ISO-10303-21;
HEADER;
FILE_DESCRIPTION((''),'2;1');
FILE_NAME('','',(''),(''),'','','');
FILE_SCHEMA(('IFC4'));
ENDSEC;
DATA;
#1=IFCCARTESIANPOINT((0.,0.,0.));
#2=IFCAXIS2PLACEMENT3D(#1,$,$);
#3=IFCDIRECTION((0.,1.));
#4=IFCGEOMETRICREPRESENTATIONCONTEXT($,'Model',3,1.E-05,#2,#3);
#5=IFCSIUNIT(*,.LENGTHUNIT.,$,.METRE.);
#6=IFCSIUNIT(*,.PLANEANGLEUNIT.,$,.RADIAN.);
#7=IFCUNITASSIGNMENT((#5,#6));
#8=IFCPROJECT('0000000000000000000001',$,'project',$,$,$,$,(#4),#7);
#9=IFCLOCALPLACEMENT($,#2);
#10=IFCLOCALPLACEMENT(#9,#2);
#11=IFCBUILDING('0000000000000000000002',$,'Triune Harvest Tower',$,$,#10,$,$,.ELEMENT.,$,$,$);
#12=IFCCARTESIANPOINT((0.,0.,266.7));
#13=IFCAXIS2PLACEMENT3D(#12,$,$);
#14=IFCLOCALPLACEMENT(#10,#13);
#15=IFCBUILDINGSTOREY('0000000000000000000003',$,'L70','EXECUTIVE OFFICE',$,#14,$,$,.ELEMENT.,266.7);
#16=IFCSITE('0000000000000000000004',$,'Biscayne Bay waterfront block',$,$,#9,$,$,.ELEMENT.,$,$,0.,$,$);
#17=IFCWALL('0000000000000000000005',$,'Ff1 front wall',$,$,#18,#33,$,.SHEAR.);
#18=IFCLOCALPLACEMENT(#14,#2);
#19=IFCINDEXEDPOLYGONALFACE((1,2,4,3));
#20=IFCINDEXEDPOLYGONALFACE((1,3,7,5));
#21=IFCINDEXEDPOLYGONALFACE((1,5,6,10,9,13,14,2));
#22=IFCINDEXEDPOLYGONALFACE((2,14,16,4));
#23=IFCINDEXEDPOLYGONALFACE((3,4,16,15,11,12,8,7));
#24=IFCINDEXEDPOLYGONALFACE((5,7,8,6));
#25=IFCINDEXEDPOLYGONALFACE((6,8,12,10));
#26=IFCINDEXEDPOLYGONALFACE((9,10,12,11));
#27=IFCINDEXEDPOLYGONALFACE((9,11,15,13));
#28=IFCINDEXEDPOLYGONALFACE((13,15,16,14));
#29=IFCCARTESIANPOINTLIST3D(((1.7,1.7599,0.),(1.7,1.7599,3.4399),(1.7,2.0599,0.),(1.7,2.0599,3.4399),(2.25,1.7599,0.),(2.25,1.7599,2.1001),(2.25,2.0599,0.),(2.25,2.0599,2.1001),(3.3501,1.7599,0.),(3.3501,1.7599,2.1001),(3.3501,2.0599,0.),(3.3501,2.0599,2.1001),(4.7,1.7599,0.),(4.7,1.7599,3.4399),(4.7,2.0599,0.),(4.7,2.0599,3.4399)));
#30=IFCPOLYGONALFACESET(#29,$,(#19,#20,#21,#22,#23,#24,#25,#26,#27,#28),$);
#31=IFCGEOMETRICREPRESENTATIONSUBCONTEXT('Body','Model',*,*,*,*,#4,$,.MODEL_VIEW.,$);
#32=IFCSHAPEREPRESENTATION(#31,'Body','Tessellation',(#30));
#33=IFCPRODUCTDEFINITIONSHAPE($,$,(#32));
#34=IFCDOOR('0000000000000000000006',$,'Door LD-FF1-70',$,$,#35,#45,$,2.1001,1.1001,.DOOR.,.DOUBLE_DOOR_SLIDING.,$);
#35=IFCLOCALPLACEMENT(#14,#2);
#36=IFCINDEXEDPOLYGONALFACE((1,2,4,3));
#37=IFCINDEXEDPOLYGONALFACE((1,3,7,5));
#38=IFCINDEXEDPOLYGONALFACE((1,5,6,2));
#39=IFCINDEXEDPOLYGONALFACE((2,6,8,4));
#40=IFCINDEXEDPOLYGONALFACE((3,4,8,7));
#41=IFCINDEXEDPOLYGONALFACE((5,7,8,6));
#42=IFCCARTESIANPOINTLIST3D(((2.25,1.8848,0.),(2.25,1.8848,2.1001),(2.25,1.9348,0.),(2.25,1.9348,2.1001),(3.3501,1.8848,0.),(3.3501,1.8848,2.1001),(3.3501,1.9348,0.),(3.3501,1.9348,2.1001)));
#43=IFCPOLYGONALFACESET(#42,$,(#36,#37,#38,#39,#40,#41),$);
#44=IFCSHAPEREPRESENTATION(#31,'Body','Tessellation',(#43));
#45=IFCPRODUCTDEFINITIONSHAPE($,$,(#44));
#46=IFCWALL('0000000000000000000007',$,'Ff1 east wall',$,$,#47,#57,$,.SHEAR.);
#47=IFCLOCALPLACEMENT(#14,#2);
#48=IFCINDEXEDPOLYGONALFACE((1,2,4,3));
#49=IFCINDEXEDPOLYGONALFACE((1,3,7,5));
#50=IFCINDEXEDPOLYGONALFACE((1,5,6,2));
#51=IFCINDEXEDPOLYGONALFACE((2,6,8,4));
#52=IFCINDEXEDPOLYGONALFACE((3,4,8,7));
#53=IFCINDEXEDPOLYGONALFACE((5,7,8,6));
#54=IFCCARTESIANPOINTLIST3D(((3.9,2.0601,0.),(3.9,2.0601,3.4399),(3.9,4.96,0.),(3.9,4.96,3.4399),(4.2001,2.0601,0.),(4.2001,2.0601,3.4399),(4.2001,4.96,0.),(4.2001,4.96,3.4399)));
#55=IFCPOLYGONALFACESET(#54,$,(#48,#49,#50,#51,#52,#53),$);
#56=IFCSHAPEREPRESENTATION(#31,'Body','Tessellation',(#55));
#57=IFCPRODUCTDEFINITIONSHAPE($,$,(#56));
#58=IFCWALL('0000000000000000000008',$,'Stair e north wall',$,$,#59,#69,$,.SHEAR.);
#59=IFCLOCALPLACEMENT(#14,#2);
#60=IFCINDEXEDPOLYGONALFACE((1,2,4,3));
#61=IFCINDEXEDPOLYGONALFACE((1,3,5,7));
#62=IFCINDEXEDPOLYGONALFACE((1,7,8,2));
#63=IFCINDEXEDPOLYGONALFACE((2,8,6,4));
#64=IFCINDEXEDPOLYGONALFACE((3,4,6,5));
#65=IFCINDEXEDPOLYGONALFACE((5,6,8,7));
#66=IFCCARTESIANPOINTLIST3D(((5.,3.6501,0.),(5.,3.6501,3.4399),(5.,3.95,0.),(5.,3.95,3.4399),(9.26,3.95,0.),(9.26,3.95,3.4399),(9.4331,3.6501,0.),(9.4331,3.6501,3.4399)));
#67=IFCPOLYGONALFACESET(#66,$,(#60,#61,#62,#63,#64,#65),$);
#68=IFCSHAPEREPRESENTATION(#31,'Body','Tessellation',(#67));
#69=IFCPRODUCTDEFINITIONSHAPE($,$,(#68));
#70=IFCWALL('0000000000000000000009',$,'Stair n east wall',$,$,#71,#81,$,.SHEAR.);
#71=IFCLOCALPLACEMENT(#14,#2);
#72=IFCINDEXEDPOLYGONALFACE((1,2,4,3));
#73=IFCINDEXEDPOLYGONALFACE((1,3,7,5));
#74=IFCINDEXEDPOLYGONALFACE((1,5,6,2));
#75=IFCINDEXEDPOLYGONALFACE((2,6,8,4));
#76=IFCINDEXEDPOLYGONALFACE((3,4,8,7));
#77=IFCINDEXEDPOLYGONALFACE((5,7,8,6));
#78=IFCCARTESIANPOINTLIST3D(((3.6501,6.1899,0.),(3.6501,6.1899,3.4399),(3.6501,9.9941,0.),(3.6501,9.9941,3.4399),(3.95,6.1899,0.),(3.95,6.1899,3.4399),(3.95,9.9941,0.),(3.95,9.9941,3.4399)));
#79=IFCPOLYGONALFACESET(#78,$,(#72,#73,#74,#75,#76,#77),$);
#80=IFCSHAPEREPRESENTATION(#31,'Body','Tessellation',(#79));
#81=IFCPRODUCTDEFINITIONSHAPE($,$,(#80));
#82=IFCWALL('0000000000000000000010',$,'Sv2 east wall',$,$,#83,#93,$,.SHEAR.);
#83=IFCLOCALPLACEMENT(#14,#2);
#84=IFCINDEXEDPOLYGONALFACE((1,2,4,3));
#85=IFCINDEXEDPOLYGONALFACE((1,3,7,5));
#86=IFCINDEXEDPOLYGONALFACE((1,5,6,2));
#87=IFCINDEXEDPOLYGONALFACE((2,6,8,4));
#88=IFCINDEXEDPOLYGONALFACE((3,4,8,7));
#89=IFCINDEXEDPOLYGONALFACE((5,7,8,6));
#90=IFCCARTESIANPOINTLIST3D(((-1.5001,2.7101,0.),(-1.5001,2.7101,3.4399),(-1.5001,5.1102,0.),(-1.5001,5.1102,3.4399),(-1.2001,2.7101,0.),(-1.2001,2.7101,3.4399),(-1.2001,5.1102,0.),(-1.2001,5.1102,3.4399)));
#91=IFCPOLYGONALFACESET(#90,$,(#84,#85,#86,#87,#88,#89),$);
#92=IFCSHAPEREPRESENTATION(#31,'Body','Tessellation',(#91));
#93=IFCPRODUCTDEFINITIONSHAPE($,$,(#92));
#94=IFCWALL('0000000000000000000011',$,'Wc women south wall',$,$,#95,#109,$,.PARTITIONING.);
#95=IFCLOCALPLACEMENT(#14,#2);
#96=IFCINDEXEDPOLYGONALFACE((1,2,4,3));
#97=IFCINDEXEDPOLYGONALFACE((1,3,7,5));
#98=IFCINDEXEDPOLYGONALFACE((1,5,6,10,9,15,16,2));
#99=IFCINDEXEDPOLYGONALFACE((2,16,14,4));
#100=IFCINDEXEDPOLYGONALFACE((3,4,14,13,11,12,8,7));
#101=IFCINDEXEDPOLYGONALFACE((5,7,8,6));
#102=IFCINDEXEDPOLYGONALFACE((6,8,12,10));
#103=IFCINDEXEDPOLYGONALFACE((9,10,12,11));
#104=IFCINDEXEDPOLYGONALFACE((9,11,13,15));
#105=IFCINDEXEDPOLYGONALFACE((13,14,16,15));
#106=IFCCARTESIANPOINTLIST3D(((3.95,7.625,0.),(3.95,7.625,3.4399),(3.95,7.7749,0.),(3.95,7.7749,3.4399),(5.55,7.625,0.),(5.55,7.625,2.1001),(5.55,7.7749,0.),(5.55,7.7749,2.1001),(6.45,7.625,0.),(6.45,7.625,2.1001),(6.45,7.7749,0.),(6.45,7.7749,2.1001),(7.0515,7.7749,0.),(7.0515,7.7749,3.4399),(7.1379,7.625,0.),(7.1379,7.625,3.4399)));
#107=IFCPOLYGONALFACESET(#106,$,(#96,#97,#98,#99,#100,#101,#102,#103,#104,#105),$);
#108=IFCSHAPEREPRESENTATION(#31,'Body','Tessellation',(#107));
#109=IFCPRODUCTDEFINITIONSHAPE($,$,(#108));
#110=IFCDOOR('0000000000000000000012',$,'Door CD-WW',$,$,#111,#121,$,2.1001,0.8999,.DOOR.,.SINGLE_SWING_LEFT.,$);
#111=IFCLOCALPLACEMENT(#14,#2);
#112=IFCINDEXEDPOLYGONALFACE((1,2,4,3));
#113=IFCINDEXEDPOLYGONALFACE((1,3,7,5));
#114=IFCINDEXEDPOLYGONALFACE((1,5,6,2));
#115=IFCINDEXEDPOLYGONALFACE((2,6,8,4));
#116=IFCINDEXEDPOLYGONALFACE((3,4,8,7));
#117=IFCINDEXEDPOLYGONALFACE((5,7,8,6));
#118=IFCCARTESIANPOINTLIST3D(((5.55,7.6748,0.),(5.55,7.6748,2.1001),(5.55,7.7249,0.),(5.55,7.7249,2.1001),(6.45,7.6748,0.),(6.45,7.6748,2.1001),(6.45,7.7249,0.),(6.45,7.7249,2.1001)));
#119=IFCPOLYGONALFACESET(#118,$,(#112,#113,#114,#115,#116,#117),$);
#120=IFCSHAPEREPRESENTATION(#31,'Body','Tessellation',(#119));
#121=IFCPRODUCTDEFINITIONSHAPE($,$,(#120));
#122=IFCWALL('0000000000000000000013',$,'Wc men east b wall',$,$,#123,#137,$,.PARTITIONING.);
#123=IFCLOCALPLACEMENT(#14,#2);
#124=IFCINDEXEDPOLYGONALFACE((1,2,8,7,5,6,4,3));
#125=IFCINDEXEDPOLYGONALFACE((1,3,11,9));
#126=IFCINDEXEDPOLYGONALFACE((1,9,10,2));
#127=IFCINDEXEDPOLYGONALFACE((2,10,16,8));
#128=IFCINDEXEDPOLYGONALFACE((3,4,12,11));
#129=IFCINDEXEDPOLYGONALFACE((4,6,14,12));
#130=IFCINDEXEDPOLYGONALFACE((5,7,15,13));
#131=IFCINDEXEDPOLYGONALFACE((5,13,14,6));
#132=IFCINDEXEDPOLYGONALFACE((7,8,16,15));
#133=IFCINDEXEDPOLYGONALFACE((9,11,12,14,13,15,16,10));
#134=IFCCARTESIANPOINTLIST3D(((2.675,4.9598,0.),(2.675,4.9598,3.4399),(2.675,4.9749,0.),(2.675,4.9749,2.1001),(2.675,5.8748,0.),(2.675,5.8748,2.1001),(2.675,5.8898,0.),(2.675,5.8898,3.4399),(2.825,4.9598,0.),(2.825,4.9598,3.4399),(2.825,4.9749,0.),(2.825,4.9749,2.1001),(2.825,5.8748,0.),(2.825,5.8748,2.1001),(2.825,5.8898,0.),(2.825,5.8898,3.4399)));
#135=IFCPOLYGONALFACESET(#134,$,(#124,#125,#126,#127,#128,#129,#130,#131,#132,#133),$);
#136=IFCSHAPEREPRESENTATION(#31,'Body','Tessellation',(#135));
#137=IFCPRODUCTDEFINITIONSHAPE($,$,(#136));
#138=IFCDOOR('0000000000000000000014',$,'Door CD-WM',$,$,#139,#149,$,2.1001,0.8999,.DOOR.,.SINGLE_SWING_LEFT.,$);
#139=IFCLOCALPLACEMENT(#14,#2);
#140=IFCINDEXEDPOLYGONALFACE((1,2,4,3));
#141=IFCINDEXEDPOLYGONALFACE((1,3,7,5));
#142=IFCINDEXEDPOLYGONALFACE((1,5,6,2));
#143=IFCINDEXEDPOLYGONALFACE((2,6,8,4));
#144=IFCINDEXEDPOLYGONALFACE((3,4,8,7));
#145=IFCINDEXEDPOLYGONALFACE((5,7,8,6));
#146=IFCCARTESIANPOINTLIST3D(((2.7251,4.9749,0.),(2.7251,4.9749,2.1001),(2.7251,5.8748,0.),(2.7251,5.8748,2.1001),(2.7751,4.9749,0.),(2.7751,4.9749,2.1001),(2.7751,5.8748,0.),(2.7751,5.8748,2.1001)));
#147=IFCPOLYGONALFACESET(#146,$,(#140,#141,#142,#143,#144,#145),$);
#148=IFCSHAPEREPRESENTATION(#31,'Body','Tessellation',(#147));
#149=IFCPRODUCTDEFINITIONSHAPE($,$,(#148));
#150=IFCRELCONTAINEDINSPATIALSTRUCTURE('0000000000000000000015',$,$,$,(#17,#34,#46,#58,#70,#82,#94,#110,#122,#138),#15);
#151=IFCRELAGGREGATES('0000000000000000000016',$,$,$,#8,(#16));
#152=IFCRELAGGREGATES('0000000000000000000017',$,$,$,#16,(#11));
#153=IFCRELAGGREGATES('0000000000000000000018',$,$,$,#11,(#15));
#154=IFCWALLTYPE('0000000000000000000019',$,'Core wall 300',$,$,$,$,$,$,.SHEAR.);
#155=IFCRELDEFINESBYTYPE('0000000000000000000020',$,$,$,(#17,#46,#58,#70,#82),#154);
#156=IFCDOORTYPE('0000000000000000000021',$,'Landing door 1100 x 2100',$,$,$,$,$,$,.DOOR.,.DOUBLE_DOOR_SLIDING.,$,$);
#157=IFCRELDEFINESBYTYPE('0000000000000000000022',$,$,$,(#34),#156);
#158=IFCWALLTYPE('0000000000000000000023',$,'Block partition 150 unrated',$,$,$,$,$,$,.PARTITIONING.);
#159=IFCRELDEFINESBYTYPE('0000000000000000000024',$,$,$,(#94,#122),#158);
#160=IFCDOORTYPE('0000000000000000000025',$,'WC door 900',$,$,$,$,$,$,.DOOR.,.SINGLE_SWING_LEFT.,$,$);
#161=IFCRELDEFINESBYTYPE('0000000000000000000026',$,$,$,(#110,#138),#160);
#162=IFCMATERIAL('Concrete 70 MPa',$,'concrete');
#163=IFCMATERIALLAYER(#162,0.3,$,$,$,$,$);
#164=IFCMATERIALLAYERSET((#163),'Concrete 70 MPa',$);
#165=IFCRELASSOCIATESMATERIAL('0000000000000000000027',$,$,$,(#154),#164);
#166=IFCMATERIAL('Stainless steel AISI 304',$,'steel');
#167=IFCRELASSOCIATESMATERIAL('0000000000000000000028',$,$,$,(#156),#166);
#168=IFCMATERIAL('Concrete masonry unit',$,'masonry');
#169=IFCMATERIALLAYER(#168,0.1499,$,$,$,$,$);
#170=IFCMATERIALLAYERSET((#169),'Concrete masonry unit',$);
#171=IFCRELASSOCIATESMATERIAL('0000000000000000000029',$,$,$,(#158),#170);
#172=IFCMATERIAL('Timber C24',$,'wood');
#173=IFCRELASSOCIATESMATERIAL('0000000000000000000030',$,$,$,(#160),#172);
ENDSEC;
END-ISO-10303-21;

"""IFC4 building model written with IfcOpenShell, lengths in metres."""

from ifc_helpers import new_model, si_unit, direction, frame, frame_2d, origin, place, context, subcontext, project, spatial, polyline, rectangle, outline, extrude, source, transform, mapped, material, layer, layer_set, type_object, element, fill, save


model = new_model("IFC4")

# Units and contexts
model_context = context("Model", 3, precision=1e-05, world=origin(), true_north=direction((0.0, 1.0)))
body_context = subcontext(model_context, "Body", "Model", "MODEL_VIEW")
ifc_project = project(units=[si_unit("LENGTHUNIT", "METRE"), si_unit("PLANEANGLEUNIT", "RADIAN")], contexts=[model_context])

# Site, building, storey
site_placement = place(None, origin())
site = spatial("IfcSite", under=ifc_project, at=site_placement, Name="Biscayne Bay waterfront block", CompositionType="ELEMENT", RefElevation=0.0)
building_placement = place(site_placement, origin())
building = spatial("IfcBuilding", under=site, at=building_placement, Name="Triune Harvest Tower", CompositionType="ELEMENT")
storey_placement = place(building_placement, frame((0.0, 0.0, 266.7)))
storey = spatial("IfcBuildingStorey", under=building, at=storey_placement, Name="L70", Description="EXECUTIVE OFFICE", CompositionType="ELEMENT", Elevation=266.7)

# Shared definitions
ifc_material_1 = material(Name="Concrete 70 MPa", Category="concrete")
ifc_layer_1 = layer(ifc_material_1, 0.3)
ifc_layer_set_1 = layer_set([ifc_layer_1], Name="Concrete 70 MPa")
wall_type_1 = type_object("IfcWallType", Name="Core wall 300", PredefinedType="SHEAR", material=ifc_layer_set_1)

# Wall, opening, door
shared_shape_1 = source(origin(), body_context, "Body", "SweptSolid", [
    extrude(rectangle(XDim=3.0, YDim=0.3, at=frame_2d((1.5, 0.0))), origin(), (0.0, 0.0, 1.0), 3.4399),
])
wall_1_placement = place(storey_placement, frame((1.7, 1.9099, 0.0), z_axis=(0.0, 0.0, 1.0), x_axis=(1.0, 0.0, 0.0)))
wall_1 = element("IfcWall", 1, at=wall_1_placement, inside=storey, type_object=wall_type_1, Name="Ff1 front wall", PredefinedType="SHEAR", context=body_context, shape_type="MappedRepresentation", body=[
    mapped(shared_shape_1, transform((0.0, 0.0, 0.0), scale=1.0)),
])
opening_1_placement = place(wall_1_placement, frame((0.55, 0.0, 0.0)))
opening_1 = element("IfcOpeningElement", 2, at=opening_1_placement, cuts=wall_1, PredefinedType="OPENING", context=body_context, shape_type="SweptSolid", body=[
    extrude(rectangle(XDim=1.1001, YDim=2.1001, at=frame_2d((0.55, 1.05))), frame((0.0, 0.1602, 0.0), z_axis=(0.0, -1.0, 0.0), x_axis=(1.0, 0.0, 0.0)), (0.0, 0.0, 1.0), 0.3201),
])
ifc_material_2 = material(Name="Stainless steel AISI 304", Category="steel")
door_type_1 = type_object("IfcDoorType", Name="Landing door 1100 x 2100", OperationType="DOUBLE_DOOR_SLIDING", PredefinedType="DOOR", material=ifc_material_2)
door_1_placement = place(opening_1_placement, origin())
door_1 = element("IfcDoor", 3, at=door_1_placement, inside=storey, type_object=door_type_1, Name="Door LD-FF1-70", OperationType="DOUBLE_DOOR_SLIDING", OverallHeight=2.1001, OverallWidth=1.1001, PredefinedType="DOOR", context=body_context, shape_type="SweptSolid", body=[
    extrude(rectangle(XDim=1.1001, YDim=2.1001, at=frame_2d((0.55, 1.05))), frame((0.0, 0.0249, 0.0), z_axis=(0.0, -1.0, 0.0), x_axis=(1.0, 0.0, 0.0)), (0.0, 0.0, 1.0), 0.05),
])
fill(opening_1, door_1)

# Walls
shared_shape_2 = source(origin(), body_context, "Body", "SweptSolid", [
    extrude(rectangle(XDim=2.8999, YDim=0.3, at=frame_2d((1.45, 0.0))), origin(), (0.0, 0.0, 1.0), 3.4399),
])
wall_2_placement = place(storey_placement, frame((4.05, 2.0601, 0.0), z_axis=(0.0, 0.0, 1.0), x_axis=(0.0, 1.0, 0.0)))
element("IfcWall", 4, at=wall_2_placement, inside=storey, type_object=wall_type_1, Name="Ff1 east wall", PredefinedType="SHEAR", context=body_context, shape_type="MappedRepresentation", body=[
    mapped(shared_shape_2, transform((0.0, 0.0, 0.0), scale=1.0)),
])
shared_shape_3 = source(origin(), body_context, "Body", "SweptSolid", [
    extrude(outline(polyline([(0.0, -0.1499), (0.0, 0.1499), (4.26, 0.1499), (4.4331, -0.1499), (0.0, -0.1499)])), origin(), (0.0, 0.0, 1.0), 3.4399),
])
wall_3_placement = place(storey_placement, frame((5.0, 3.8, 0.0), z_axis=(0.0, 0.0, 1.0), x_axis=(1.0, 0.0, 0.0)))
element("IfcWall", 5, at=wall_3_placement, inside=storey, type_object=wall_type_1, Name="Stair e north wall", PredefinedType="SHEAR", context=body_context, shape_type="MappedRepresentation", body=[
    mapped(shared_shape_3, transform((0.0, 0.0, 0.0), scale=1.0)),
])
shared_shape_4 = source(origin(), body_context, "Body", "SweptSolid", [
    extrude(outline(polyline([(0.0, -0.1499), (0.0, 0.1499), (3.8042, 0.1499), (3.8042, -0.1499), (0.0, -0.1499)])), origin(), (0.0, 0.0, 1.0), 3.4399),
])
wall_4_placement = place(storey_placement, frame((3.8, 6.1899, 0.0), z_axis=(0.0, 0.0, 1.0), x_axis=(0.0, 1.0, 0.0)))
element("IfcWall", 6, at=wall_4_placement, inside=storey, type_object=wall_type_1, Name="Stair n east wall", PredefinedType="SHEAR", context=body_context, shape_type="MappedRepresentation", body=[
    mapped(shared_shape_4, transform((0.0, 0.0, 0.0), scale=1.0)),
])
shared_shape_5 = source(origin(), body_context, "Body", "SweptSolid", [
    extrude(rectangle(XDim=2.4001, YDim=0.3, at=frame_2d((1.2002, 0.0))), origin(), (0.0, 0.0, 1.0), 3.4399),
])
wall_5_placement = place(storey_placement, frame((-1.3501, 2.71, 0.0), z_axis=(0.0, 0.0, 1.0), x_axis=(0.0, 1.0, 0.0)))
element("IfcWall", 7, at=wall_5_placement, inside=storey, type_object=wall_type_1, Name="Sv2 east wall", PredefinedType="SHEAR", context=body_context, shape_type="MappedRepresentation", body=[
    mapped(shared_shape_5, transform((0.0, 0.0, 0.0), scale=1.0)),
])

# Walls, openings, doors
ifc_material_3 = material(Name="Concrete masonry unit", Category="masonry")
ifc_layer_2 = layer(ifc_material_3, 0.1499)
ifc_layer_set_2 = layer_set([ifc_layer_2], Name="Concrete masonry unit")
wall_type_2 = type_object("IfcWallType", Name="Block partition 150 unrated", PredefinedType="PARTITIONING", material=ifc_layer_set_2)
shared_shape_6 = source(origin(), body_context, "Body", "SweptSolid", [
    extrude(outline(polyline([(0.0, -0.075), (0.0, 0.075), (3.1016, 0.075), (3.188, -0.075), (0.0, -0.075)])), origin(), (0.0, 0.0, 1.0), 3.4399),
])
wall_6_placement = place(storey_placement, frame((3.95, 7.7, 0.0), z_axis=(0.0, 0.0, 1.0), x_axis=(1.0, 0.0, 0.0)))
wall_6 = element("IfcWall", 8, at=wall_6_placement, inside=storey, type_object=wall_type_2, Name="Wc women south wall", PredefinedType="PARTITIONING", context=body_context, shape_type="MappedRepresentation", body=[
    mapped(shared_shape_6, transform((0.0, 0.0, 0.0), scale=1.0)),
])
opening_2_placement = place(wall_6_placement, frame((1.6001, 0.0, 0.0)))
opening_2 = element("IfcOpeningElement", 9, at=opening_2_placement, cuts=wall_6, PredefinedType="OPENING", context=body_context, shape_type="SweptSolid", body=[
    extrude(rectangle(XDim=0.8999, YDim=2.1001, at=frame_2d((0.45, 1.05))), frame((0.0, 0.085, 0.0), z_axis=(0.0, -1.0, 0.0), x_axis=(1.0, 0.0, 0.0)), (0.0, 0.0, 1.0), 0.1699),
])
ifc_material_4 = material(Name="Timber C24", Category="wood")
door_type_2 = type_object("IfcDoorType", Name="WC door 900", OperationType="SINGLE_SWING_LEFT", PredefinedType="DOOR", material=ifc_material_4)
door_2_placement = place(opening_2_placement, origin())
door_2 = element("IfcDoor", 10, at=door_2_placement, inside=storey, type_object=door_type_2, Name="Door CD-WW", OperationType="SINGLE_SWING_LEFT", OverallHeight=2.1001, OverallWidth=0.8999, PredefinedType="DOOR", context=body_context, shape_type="SweptSolid", body=[
    extrude(rectangle(XDim=0.8999, YDim=2.1001, at=frame_2d((0.45, 1.05))), frame((0.0, 0.0249, 0.0), z_axis=(0.0, -1.0, 0.0), x_axis=(1.0, 0.0, 0.0)), (0.0, 0.0, 1.0), 0.05),
])
fill(opening_2, door_2)
shared_shape_7 = source(origin(), body_context, "Body", "SweptSolid", [
    extrude(rectangle(XDim=0.9299, YDim=0.1499, at=frame_2d((0.4648, 0.0))), origin(), (0.0, 0.0, 1.0), 3.4399),
])
wall_7_placement = place(storey_placement, frame((2.75, 4.96, 0.0), z_axis=(0.0, 0.0, 1.0), x_axis=(0.0, 1.0, 0.0)))
wall_7 = element("IfcWall", 11, at=wall_7_placement, inside=storey, type_object=wall_type_2, Name="Wc men east b wall", PredefinedType="PARTITIONING", context=body_context, shape_type="MappedRepresentation", body=[
    mapped(shared_shape_7, transform((0.0, 0.0, 0.0), scale=1.0)),
])
opening_3_placement = place(wall_7_placement, frame((0.0149, 0.0, 0.0)))
opening_3 = element("IfcOpeningElement", 12, at=opening_3_placement, cuts=wall_7, PredefinedType="OPENING", context=body_context, shape_type="SweptSolid", body=[
    extrude(rectangle(XDim=0.8999, YDim=2.1001, at=frame_2d((0.45, 1.05))), frame((0.0, 0.085, 0.0), z_axis=(0.0, -1.0, 0.0), x_axis=(1.0, 0.0, 0.0)), (0.0, 0.0, 1.0), 0.1699),
])
door_3_placement = place(opening_3_placement, origin())
door_3 = element("IfcDoor", 13, at=door_3_placement, inside=storey, type_object=door_type_2, Name="Door CD-WM", OperationType="SINGLE_SWING_LEFT", OverallHeight=2.1001, OverallWidth=0.8999, PredefinedType="DOOR", context=body_context, shape_type="SweptSolid", body=[
    extrude(rectangle(XDim=0.8999, YDim=2.1001, at=frame_2d((0.45, 1.05))), frame((0.0, 0.0249, 0.0), z_axis=(0.0, -1.0, 0.0), x_axis=(1.0, 0.0, 0.0)), (0.0, 0.0, 1.0), 0.05),
])
fill(opening_3, door_3)

save(model, "model.ifc")
